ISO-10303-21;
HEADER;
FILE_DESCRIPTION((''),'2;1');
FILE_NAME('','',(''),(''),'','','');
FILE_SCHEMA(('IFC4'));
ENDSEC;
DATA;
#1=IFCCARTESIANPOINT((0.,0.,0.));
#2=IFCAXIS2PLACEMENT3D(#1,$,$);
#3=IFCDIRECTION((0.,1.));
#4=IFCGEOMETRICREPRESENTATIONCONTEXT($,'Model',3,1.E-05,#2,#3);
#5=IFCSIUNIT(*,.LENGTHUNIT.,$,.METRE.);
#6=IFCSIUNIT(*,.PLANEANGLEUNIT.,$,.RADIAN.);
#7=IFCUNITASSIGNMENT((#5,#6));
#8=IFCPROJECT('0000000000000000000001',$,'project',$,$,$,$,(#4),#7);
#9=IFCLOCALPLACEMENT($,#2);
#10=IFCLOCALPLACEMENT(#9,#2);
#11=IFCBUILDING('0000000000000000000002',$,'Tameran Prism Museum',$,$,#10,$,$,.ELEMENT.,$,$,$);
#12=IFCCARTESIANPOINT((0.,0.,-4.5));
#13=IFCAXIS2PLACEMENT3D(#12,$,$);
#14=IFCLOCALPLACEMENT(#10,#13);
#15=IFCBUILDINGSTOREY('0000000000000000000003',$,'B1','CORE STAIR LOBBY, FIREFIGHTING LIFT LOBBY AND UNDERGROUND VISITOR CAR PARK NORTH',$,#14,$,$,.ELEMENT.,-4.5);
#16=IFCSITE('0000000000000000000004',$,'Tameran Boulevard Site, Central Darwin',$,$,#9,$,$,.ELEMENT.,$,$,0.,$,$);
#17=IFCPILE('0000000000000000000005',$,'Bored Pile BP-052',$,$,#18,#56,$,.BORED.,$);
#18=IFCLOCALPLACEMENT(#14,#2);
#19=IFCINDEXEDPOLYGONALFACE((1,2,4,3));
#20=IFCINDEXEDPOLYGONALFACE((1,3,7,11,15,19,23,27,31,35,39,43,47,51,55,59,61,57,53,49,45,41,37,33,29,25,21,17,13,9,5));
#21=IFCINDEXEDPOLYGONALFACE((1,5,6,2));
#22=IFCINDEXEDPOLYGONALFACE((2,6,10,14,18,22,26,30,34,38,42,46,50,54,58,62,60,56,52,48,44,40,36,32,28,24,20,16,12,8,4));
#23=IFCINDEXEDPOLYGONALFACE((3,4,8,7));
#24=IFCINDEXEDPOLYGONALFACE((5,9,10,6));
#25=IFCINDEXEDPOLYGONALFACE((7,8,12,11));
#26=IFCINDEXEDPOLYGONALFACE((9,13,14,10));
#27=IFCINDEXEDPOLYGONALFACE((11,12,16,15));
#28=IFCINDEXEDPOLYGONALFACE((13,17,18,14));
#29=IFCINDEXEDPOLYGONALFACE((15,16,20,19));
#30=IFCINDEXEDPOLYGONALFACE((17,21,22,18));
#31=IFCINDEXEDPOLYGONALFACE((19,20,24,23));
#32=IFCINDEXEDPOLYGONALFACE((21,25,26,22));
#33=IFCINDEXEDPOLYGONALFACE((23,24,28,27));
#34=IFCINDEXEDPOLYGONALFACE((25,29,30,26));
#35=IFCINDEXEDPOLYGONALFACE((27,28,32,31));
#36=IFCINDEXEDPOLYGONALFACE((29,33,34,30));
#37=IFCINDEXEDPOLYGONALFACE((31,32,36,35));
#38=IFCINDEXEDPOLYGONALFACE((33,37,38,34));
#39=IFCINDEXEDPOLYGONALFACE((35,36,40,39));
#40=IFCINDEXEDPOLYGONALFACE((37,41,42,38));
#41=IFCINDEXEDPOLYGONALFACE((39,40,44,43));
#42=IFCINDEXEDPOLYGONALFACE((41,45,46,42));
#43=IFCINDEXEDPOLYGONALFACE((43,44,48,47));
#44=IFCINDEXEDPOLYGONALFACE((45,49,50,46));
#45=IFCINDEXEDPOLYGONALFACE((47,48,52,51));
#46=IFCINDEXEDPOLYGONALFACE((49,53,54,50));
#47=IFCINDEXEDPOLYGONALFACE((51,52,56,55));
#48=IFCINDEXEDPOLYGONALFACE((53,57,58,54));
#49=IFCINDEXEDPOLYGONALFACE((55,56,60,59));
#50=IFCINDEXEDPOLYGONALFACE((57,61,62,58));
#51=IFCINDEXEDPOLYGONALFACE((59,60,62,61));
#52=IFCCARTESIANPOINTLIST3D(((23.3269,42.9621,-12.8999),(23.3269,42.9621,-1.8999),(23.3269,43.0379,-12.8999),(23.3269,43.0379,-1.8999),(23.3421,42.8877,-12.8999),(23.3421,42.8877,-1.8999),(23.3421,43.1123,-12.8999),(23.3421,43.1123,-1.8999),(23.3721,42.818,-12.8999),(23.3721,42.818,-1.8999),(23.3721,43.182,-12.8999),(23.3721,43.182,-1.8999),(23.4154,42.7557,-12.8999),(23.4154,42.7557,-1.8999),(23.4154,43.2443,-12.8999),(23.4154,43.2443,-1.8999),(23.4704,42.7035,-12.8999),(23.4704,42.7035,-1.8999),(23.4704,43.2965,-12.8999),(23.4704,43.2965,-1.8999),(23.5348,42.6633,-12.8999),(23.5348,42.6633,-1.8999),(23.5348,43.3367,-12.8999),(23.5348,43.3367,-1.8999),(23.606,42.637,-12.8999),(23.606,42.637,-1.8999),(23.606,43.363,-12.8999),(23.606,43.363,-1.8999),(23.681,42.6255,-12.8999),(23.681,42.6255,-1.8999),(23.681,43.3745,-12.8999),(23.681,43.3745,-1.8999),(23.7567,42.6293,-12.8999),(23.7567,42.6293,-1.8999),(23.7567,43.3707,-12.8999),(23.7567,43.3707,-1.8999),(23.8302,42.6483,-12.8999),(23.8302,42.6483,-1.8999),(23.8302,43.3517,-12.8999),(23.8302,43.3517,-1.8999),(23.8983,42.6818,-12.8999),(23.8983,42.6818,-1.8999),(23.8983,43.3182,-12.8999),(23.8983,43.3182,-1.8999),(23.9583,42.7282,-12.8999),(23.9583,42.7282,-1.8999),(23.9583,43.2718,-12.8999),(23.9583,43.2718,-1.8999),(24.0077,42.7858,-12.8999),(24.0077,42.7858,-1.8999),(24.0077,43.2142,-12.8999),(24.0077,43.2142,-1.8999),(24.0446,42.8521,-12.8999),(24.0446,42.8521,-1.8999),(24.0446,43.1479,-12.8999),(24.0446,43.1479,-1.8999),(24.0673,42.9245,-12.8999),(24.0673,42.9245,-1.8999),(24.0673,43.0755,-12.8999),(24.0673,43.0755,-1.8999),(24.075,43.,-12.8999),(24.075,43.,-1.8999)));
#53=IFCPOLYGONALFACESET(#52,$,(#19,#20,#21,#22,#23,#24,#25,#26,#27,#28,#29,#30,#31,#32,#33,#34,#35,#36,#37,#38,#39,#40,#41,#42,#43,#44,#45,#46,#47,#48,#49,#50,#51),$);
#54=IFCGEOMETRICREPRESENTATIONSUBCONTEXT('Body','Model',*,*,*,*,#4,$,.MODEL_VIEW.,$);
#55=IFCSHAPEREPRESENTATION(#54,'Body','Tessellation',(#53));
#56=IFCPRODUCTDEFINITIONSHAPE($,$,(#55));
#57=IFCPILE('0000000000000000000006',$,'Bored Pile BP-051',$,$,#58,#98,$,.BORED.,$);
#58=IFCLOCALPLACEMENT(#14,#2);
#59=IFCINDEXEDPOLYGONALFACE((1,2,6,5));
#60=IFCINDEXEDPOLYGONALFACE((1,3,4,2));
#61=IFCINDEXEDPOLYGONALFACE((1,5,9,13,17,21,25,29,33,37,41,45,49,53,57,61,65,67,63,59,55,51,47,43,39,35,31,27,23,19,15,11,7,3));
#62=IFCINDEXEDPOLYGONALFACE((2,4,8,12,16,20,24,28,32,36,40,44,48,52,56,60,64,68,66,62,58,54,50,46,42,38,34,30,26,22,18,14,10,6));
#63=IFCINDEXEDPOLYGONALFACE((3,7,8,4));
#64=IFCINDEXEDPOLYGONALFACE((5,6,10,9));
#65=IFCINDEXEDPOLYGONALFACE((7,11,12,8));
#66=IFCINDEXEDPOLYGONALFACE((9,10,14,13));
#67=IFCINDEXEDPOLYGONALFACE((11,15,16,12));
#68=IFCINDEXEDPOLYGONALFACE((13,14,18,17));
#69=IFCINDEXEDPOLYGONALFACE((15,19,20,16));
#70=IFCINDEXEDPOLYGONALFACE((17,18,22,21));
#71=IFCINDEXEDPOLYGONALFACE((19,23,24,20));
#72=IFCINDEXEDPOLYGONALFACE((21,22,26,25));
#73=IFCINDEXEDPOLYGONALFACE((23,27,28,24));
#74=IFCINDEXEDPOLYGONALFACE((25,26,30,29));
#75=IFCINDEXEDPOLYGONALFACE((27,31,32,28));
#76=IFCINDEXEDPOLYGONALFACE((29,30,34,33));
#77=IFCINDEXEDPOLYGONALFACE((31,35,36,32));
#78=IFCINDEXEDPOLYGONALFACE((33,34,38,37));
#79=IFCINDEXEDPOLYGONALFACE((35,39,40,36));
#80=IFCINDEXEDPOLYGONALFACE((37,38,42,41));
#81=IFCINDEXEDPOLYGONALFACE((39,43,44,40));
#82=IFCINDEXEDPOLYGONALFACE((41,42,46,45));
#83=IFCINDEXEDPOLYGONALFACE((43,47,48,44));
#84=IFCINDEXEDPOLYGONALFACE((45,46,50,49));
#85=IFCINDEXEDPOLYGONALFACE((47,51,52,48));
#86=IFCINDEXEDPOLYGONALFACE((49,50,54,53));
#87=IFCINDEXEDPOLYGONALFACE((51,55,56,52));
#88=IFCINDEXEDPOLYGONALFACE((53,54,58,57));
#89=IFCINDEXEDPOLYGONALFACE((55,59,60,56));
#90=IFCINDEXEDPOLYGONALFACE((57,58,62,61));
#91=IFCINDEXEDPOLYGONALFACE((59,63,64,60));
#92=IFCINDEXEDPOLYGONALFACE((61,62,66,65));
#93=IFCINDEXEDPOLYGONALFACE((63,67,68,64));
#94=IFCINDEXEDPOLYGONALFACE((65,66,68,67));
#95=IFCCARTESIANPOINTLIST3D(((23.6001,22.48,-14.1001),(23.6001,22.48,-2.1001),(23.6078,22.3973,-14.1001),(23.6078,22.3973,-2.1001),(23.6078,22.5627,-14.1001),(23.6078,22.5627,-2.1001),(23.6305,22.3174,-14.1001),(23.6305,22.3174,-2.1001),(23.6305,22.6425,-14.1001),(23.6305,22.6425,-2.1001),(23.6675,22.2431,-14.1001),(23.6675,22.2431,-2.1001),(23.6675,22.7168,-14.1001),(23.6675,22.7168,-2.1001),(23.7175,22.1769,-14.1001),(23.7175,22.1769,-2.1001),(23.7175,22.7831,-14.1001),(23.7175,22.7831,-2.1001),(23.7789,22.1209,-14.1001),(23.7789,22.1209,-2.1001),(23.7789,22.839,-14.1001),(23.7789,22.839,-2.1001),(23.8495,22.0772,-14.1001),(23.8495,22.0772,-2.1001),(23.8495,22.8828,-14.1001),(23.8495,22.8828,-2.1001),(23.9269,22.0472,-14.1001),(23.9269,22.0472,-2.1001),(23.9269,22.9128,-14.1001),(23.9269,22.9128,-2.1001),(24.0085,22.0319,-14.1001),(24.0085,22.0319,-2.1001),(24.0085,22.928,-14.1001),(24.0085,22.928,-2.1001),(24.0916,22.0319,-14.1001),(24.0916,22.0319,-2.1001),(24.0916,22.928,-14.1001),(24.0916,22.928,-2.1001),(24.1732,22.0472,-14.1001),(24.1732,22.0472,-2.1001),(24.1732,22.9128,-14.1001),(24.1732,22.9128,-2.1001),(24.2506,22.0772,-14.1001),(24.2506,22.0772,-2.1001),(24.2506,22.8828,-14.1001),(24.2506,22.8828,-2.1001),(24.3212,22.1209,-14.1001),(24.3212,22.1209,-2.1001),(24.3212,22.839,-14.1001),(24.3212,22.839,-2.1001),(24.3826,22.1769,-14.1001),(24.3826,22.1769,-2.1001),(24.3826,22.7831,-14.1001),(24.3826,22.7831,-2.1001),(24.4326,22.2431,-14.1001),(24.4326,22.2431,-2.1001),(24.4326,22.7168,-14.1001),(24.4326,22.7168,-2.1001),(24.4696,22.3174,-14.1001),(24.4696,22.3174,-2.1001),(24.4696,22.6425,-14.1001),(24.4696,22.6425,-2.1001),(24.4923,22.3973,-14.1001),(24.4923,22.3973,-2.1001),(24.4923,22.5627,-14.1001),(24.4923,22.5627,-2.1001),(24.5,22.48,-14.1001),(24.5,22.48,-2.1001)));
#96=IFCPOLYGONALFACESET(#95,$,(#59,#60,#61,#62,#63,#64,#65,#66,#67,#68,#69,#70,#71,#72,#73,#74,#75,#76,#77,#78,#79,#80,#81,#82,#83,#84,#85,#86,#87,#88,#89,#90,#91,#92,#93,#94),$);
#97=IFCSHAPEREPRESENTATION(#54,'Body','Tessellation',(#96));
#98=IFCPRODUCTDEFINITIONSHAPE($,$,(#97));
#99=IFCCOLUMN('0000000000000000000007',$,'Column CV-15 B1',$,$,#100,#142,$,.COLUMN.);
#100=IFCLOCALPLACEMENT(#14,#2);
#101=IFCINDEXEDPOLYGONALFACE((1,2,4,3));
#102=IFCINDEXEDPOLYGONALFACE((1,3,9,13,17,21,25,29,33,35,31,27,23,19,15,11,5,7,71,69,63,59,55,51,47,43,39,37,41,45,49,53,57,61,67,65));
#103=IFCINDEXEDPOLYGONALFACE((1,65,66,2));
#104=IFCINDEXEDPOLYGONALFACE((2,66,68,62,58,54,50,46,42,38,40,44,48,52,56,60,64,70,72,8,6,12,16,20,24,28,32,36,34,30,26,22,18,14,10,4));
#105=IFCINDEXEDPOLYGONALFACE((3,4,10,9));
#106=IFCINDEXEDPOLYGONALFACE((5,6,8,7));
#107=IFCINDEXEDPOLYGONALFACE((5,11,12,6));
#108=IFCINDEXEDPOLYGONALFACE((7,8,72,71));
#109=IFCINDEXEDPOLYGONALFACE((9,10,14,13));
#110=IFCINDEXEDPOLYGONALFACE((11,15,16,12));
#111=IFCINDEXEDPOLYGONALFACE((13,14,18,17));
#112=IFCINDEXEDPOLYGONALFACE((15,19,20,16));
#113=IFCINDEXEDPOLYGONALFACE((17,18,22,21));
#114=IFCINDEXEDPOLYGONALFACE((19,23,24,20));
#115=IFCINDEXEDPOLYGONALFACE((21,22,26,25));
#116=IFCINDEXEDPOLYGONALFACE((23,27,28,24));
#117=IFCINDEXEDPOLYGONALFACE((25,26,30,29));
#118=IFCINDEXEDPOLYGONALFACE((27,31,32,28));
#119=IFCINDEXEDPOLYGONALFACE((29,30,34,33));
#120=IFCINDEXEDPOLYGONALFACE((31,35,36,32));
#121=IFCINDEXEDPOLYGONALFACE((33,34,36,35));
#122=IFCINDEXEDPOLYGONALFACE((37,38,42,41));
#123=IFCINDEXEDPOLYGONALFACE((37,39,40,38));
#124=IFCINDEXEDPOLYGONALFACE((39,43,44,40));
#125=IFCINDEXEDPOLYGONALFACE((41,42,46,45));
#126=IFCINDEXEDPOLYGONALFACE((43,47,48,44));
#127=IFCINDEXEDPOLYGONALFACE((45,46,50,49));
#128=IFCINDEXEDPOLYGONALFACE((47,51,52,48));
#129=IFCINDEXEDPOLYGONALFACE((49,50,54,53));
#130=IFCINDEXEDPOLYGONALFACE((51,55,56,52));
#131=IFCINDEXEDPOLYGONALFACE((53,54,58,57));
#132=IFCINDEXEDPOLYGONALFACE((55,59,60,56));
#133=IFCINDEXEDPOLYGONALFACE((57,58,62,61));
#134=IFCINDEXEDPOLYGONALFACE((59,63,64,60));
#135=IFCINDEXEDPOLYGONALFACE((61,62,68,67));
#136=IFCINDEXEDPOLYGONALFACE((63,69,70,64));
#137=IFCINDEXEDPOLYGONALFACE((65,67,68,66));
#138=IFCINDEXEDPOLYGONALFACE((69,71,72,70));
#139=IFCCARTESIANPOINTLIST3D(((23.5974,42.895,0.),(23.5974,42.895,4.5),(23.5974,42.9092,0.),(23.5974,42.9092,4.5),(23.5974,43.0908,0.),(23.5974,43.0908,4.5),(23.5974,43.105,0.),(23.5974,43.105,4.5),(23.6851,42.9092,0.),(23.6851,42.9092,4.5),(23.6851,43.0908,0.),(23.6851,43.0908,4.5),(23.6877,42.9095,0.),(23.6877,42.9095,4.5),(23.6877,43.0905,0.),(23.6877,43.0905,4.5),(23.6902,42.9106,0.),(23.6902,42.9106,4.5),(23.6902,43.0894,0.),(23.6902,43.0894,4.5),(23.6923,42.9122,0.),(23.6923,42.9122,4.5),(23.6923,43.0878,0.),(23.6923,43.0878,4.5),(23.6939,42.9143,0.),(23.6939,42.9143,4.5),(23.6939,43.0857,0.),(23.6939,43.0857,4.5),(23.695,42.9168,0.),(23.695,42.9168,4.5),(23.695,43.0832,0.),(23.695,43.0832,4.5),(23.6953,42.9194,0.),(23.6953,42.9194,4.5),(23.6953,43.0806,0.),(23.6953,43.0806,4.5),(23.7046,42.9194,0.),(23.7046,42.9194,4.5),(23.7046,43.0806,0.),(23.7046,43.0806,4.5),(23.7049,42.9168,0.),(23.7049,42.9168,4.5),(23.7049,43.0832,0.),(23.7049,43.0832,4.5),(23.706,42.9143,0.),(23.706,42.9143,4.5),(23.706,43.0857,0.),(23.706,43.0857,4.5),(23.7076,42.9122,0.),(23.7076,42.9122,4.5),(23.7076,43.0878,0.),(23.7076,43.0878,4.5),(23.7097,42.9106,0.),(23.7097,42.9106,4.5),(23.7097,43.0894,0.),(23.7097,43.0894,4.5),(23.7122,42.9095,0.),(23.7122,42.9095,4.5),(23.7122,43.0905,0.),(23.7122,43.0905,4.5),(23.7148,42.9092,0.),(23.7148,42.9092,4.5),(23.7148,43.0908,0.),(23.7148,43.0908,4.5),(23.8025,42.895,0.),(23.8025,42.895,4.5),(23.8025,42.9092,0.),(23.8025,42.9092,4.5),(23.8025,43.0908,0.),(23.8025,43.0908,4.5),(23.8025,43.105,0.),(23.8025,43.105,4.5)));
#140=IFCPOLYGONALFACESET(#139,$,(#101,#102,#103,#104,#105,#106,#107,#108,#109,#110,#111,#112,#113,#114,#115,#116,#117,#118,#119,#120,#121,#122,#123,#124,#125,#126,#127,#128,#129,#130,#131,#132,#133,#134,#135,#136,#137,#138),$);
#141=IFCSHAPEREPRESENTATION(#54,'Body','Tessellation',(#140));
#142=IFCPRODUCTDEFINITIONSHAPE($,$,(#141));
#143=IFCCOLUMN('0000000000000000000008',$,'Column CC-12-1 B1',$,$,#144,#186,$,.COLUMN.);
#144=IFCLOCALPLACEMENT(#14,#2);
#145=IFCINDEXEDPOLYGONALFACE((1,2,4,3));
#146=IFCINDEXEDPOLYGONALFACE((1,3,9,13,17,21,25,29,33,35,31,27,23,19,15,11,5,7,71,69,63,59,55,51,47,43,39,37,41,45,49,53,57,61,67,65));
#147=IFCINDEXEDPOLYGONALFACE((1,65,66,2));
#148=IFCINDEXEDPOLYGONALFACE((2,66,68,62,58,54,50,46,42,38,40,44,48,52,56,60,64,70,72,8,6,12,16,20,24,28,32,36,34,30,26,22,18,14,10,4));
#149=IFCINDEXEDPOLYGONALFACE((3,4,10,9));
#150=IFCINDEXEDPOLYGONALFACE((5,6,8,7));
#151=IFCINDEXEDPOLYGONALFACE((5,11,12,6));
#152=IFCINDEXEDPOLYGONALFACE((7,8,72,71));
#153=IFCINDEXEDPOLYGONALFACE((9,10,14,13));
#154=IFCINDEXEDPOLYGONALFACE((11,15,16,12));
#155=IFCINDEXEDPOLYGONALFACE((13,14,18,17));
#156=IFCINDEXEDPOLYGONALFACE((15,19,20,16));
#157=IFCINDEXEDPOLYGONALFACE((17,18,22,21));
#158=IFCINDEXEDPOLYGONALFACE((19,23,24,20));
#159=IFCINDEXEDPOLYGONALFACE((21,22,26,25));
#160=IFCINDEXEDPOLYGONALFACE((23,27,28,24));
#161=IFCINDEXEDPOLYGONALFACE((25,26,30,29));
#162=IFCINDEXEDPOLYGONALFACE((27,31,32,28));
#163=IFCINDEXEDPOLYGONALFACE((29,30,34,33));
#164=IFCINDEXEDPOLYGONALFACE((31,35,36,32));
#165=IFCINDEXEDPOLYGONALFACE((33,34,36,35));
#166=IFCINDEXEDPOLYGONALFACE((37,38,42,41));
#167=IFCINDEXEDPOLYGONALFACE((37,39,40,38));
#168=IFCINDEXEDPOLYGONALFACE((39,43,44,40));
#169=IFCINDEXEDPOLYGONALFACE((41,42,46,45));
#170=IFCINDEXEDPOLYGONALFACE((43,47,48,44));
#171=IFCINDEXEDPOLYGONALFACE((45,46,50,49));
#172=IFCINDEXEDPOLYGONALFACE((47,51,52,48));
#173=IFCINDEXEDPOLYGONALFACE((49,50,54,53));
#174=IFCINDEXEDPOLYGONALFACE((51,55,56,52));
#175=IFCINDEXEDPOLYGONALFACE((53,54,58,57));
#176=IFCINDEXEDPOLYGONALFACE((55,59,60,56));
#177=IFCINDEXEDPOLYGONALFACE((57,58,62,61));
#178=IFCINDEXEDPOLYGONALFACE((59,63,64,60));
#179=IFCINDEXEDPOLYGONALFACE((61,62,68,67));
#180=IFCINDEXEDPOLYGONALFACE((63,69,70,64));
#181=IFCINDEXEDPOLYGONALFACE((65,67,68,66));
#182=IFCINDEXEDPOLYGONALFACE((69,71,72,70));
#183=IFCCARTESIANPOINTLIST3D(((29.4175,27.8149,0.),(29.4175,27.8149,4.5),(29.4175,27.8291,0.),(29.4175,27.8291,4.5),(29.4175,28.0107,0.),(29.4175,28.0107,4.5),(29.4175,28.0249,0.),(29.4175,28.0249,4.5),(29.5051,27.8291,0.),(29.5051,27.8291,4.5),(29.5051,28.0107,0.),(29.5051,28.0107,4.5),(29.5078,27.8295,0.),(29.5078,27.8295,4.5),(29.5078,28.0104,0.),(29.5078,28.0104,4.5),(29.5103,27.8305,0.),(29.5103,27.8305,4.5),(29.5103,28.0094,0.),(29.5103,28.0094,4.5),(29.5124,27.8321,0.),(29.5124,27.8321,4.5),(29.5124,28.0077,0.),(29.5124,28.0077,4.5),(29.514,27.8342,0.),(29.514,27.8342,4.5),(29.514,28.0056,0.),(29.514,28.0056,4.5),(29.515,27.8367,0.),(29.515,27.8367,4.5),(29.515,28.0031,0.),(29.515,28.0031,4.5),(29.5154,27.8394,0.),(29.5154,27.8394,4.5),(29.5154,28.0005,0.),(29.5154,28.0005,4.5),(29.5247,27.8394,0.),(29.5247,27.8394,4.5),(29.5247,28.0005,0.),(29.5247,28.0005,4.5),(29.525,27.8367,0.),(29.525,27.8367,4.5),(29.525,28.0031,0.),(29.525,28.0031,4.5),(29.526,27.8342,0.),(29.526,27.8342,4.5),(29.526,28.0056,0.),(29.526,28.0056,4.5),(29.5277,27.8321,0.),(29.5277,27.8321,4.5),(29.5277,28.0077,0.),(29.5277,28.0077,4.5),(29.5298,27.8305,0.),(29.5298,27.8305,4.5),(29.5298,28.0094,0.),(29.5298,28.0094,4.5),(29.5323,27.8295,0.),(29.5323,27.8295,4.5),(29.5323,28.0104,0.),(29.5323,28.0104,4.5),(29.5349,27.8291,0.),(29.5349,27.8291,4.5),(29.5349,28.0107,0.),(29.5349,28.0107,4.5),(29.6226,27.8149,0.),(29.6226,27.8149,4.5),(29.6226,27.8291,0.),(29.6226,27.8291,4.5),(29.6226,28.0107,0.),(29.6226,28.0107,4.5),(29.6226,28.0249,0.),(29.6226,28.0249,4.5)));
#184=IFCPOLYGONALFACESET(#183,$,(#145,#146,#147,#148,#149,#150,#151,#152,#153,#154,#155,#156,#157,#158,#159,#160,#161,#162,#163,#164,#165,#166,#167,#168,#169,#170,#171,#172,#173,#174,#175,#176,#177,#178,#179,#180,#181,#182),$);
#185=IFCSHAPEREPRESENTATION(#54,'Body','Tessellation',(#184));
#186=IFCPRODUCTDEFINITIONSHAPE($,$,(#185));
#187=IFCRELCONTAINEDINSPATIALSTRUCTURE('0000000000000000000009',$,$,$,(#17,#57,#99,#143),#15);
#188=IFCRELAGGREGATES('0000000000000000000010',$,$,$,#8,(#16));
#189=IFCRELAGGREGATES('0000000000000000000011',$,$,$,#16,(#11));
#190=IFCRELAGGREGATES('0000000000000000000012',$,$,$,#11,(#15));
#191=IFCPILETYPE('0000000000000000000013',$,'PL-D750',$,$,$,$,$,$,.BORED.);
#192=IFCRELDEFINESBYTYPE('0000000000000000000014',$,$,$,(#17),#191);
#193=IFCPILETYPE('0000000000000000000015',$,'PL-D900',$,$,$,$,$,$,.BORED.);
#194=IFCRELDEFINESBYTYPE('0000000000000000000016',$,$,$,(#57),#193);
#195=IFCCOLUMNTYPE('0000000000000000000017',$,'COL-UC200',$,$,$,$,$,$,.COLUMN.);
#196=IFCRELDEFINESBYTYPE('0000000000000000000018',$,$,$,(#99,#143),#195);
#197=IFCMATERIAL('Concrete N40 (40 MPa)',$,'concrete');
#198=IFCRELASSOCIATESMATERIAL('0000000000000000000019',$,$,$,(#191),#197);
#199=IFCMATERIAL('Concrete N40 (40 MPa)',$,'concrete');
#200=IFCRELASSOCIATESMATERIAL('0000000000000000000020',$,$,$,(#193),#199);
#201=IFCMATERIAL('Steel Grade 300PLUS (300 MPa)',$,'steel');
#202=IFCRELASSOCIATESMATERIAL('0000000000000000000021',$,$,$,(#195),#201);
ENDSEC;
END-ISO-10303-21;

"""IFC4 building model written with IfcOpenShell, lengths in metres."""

from ifc_helpers import new_model, si_unit, direction, frame, origin, origin_2d, place, context, subcontext, project, spatial, circle, i_section, extrude, material, material_profile, profile_set, type_object, element, save


model = new_model("IFC4")

# Units and contexts
model_context = context("Model", 3, precision=1e-05, world=origin(), true_north=direction((0.0, 1.0)))
body_context = subcontext(model_context, "Body", "Model", "MODEL_VIEW")
ifc_project = project(units=[si_unit("LENGTHUNIT", "METRE"), si_unit("PLANEANGLEUNIT", "RADIAN")], contexts=[model_context])

# Site, building, storey
site_placement = place(None, origin())
site = spatial("IfcSite", under=ifc_project, at=site_placement, Name="Tameran Boulevard Site, Central Darwin", CompositionType="ELEMENT", RefElevation=0.0)
building_placement = place(site_placement, origin())
building = spatial("IfcBuilding", under=site, at=building_placement, Name="Tameran Prism Museum", CompositionType="ELEMENT")
storey_placement = place(building_placement, frame((0.0, 0.0, -4.5)))
storey = spatial("IfcBuildingStorey", under=building, at=storey_placement, Name="B1", Description="CORE STAIR LOBBY, FIREFIGHTING LIFT LOBBY AND UNDERGROUND VISITOR CAR PARK NORTH", CompositionType="ELEMENT", Elevation=-4.5)

# Piles
ifc_material_1 = material(Name="Concrete N40 (40 MPa)", Category="concrete")
ifc_material_profile_1 = material_profile(ifc_material_1, circle(Radius=0.375, at=origin_2d()))
ifc_profile_set_1 = profile_set([ifc_material_profile_1])
pile_type_1 = type_object("IfcPileType", Name="PL-D750", PredefinedType="BORED", material=ifc_profile_set_1)
pile_1_placement = place(storey_placement, frame((23.7, 43.0, -1.8999), z_axis=(0.0, 0.0, -1.0), x_axis=(1.0, 0.0, 0.0)))
element("IfcPile", 1, at=pile_1_placement, inside=storey, type_object=pile_type_1, Name="Bored Pile BP-052", PredefinedType="BORED", context=body_context, shape_type="SweptSolid", body=[
    extrude(circle(Radius=0.375, at=origin_2d()), origin(), (0.0, 0.0, 1.0), 11.0),
])
ifc_material_2 = material(Name="Concrete N40 (40 MPa)", Category="concrete")
ifc_material_profile_2 = material_profile(ifc_material_2, circle(Radius=0.45, at=origin_2d()))
ifc_profile_set_2 = profile_set([ifc_material_profile_2])
pile_type_2 = type_object("IfcPileType", Name="PL-D900", PredefinedType="BORED", material=ifc_profile_set_2)
pile_2_placement = place(storey_placement, frame((24.05, 22.48, -2.1001), z_axis=(0.0, 0.0, -1.0), x_axis=(1.0, 0.0, 0.0)))
element("IfcPile", 2, at=pile_2_placement, inside=storey, type_object=pile_type_2, Name="Bored Pile BP-051", PredefinedType="BORED", context=body_context, shape_type="SweptSolid", body=[
    extrude(circle(Radius=0.45, at=origin_2d()), origin(), (0.0, 0.0, 1.0), 12.0),
])

# Columns
ifc_material_3 = material(Name="Steel Grade 300PLUS (300 MPa)", Category="steel")
ifc_material_profile_3 = material_profile(ifc_material_3, i_section(OverallWidth=0.2051, OverallDepth=0.21, WebThickness=0.0093, FlangeThickness=0.0142, FilletRadius=0.0103, at=origin_2d()))
ifc_profile_set_3 = profile_set([ifc_material_profile_3])
column_type_1 = type_object("IfcColumnType", Name="COL-UC200", PredefinedType="COLUMN", material=ifc_profile_set_3)
for number, where, z_axis, x_axis, name in (
    (3, (23.7, 43.0, 0.0), (0.0, 0.0, 1.0), (1.0, 0.0, 0.0), "Column CV-15 B1"),
    (4, (29.52, 27.9199, 0.0), (0.0, 0.0, 1.0), (1.0, 0.0, 0.0), "Column CC-12-1 B1"),
):
    element("IfcColumn", number, at=place(storey_placement, frame(where, z_axis=z_axis, x_axis=x_axis)), inside=storey, type_object=column_type_1, Name=name, PredefinedType="COLUMN", context=body_context, shape_type="SweptSolid", body=[
        extrude(i_section(OverallWidth=0.2051, OverallDepth=0.21, WebThickness=0.0093, FlangeThickness=0.0142, FilletRadius=0.0103, at=origin_2d()), origin(), (0.0, 0.0, 1.0), 4.5),
    ])

save(model, "model.ifc")
